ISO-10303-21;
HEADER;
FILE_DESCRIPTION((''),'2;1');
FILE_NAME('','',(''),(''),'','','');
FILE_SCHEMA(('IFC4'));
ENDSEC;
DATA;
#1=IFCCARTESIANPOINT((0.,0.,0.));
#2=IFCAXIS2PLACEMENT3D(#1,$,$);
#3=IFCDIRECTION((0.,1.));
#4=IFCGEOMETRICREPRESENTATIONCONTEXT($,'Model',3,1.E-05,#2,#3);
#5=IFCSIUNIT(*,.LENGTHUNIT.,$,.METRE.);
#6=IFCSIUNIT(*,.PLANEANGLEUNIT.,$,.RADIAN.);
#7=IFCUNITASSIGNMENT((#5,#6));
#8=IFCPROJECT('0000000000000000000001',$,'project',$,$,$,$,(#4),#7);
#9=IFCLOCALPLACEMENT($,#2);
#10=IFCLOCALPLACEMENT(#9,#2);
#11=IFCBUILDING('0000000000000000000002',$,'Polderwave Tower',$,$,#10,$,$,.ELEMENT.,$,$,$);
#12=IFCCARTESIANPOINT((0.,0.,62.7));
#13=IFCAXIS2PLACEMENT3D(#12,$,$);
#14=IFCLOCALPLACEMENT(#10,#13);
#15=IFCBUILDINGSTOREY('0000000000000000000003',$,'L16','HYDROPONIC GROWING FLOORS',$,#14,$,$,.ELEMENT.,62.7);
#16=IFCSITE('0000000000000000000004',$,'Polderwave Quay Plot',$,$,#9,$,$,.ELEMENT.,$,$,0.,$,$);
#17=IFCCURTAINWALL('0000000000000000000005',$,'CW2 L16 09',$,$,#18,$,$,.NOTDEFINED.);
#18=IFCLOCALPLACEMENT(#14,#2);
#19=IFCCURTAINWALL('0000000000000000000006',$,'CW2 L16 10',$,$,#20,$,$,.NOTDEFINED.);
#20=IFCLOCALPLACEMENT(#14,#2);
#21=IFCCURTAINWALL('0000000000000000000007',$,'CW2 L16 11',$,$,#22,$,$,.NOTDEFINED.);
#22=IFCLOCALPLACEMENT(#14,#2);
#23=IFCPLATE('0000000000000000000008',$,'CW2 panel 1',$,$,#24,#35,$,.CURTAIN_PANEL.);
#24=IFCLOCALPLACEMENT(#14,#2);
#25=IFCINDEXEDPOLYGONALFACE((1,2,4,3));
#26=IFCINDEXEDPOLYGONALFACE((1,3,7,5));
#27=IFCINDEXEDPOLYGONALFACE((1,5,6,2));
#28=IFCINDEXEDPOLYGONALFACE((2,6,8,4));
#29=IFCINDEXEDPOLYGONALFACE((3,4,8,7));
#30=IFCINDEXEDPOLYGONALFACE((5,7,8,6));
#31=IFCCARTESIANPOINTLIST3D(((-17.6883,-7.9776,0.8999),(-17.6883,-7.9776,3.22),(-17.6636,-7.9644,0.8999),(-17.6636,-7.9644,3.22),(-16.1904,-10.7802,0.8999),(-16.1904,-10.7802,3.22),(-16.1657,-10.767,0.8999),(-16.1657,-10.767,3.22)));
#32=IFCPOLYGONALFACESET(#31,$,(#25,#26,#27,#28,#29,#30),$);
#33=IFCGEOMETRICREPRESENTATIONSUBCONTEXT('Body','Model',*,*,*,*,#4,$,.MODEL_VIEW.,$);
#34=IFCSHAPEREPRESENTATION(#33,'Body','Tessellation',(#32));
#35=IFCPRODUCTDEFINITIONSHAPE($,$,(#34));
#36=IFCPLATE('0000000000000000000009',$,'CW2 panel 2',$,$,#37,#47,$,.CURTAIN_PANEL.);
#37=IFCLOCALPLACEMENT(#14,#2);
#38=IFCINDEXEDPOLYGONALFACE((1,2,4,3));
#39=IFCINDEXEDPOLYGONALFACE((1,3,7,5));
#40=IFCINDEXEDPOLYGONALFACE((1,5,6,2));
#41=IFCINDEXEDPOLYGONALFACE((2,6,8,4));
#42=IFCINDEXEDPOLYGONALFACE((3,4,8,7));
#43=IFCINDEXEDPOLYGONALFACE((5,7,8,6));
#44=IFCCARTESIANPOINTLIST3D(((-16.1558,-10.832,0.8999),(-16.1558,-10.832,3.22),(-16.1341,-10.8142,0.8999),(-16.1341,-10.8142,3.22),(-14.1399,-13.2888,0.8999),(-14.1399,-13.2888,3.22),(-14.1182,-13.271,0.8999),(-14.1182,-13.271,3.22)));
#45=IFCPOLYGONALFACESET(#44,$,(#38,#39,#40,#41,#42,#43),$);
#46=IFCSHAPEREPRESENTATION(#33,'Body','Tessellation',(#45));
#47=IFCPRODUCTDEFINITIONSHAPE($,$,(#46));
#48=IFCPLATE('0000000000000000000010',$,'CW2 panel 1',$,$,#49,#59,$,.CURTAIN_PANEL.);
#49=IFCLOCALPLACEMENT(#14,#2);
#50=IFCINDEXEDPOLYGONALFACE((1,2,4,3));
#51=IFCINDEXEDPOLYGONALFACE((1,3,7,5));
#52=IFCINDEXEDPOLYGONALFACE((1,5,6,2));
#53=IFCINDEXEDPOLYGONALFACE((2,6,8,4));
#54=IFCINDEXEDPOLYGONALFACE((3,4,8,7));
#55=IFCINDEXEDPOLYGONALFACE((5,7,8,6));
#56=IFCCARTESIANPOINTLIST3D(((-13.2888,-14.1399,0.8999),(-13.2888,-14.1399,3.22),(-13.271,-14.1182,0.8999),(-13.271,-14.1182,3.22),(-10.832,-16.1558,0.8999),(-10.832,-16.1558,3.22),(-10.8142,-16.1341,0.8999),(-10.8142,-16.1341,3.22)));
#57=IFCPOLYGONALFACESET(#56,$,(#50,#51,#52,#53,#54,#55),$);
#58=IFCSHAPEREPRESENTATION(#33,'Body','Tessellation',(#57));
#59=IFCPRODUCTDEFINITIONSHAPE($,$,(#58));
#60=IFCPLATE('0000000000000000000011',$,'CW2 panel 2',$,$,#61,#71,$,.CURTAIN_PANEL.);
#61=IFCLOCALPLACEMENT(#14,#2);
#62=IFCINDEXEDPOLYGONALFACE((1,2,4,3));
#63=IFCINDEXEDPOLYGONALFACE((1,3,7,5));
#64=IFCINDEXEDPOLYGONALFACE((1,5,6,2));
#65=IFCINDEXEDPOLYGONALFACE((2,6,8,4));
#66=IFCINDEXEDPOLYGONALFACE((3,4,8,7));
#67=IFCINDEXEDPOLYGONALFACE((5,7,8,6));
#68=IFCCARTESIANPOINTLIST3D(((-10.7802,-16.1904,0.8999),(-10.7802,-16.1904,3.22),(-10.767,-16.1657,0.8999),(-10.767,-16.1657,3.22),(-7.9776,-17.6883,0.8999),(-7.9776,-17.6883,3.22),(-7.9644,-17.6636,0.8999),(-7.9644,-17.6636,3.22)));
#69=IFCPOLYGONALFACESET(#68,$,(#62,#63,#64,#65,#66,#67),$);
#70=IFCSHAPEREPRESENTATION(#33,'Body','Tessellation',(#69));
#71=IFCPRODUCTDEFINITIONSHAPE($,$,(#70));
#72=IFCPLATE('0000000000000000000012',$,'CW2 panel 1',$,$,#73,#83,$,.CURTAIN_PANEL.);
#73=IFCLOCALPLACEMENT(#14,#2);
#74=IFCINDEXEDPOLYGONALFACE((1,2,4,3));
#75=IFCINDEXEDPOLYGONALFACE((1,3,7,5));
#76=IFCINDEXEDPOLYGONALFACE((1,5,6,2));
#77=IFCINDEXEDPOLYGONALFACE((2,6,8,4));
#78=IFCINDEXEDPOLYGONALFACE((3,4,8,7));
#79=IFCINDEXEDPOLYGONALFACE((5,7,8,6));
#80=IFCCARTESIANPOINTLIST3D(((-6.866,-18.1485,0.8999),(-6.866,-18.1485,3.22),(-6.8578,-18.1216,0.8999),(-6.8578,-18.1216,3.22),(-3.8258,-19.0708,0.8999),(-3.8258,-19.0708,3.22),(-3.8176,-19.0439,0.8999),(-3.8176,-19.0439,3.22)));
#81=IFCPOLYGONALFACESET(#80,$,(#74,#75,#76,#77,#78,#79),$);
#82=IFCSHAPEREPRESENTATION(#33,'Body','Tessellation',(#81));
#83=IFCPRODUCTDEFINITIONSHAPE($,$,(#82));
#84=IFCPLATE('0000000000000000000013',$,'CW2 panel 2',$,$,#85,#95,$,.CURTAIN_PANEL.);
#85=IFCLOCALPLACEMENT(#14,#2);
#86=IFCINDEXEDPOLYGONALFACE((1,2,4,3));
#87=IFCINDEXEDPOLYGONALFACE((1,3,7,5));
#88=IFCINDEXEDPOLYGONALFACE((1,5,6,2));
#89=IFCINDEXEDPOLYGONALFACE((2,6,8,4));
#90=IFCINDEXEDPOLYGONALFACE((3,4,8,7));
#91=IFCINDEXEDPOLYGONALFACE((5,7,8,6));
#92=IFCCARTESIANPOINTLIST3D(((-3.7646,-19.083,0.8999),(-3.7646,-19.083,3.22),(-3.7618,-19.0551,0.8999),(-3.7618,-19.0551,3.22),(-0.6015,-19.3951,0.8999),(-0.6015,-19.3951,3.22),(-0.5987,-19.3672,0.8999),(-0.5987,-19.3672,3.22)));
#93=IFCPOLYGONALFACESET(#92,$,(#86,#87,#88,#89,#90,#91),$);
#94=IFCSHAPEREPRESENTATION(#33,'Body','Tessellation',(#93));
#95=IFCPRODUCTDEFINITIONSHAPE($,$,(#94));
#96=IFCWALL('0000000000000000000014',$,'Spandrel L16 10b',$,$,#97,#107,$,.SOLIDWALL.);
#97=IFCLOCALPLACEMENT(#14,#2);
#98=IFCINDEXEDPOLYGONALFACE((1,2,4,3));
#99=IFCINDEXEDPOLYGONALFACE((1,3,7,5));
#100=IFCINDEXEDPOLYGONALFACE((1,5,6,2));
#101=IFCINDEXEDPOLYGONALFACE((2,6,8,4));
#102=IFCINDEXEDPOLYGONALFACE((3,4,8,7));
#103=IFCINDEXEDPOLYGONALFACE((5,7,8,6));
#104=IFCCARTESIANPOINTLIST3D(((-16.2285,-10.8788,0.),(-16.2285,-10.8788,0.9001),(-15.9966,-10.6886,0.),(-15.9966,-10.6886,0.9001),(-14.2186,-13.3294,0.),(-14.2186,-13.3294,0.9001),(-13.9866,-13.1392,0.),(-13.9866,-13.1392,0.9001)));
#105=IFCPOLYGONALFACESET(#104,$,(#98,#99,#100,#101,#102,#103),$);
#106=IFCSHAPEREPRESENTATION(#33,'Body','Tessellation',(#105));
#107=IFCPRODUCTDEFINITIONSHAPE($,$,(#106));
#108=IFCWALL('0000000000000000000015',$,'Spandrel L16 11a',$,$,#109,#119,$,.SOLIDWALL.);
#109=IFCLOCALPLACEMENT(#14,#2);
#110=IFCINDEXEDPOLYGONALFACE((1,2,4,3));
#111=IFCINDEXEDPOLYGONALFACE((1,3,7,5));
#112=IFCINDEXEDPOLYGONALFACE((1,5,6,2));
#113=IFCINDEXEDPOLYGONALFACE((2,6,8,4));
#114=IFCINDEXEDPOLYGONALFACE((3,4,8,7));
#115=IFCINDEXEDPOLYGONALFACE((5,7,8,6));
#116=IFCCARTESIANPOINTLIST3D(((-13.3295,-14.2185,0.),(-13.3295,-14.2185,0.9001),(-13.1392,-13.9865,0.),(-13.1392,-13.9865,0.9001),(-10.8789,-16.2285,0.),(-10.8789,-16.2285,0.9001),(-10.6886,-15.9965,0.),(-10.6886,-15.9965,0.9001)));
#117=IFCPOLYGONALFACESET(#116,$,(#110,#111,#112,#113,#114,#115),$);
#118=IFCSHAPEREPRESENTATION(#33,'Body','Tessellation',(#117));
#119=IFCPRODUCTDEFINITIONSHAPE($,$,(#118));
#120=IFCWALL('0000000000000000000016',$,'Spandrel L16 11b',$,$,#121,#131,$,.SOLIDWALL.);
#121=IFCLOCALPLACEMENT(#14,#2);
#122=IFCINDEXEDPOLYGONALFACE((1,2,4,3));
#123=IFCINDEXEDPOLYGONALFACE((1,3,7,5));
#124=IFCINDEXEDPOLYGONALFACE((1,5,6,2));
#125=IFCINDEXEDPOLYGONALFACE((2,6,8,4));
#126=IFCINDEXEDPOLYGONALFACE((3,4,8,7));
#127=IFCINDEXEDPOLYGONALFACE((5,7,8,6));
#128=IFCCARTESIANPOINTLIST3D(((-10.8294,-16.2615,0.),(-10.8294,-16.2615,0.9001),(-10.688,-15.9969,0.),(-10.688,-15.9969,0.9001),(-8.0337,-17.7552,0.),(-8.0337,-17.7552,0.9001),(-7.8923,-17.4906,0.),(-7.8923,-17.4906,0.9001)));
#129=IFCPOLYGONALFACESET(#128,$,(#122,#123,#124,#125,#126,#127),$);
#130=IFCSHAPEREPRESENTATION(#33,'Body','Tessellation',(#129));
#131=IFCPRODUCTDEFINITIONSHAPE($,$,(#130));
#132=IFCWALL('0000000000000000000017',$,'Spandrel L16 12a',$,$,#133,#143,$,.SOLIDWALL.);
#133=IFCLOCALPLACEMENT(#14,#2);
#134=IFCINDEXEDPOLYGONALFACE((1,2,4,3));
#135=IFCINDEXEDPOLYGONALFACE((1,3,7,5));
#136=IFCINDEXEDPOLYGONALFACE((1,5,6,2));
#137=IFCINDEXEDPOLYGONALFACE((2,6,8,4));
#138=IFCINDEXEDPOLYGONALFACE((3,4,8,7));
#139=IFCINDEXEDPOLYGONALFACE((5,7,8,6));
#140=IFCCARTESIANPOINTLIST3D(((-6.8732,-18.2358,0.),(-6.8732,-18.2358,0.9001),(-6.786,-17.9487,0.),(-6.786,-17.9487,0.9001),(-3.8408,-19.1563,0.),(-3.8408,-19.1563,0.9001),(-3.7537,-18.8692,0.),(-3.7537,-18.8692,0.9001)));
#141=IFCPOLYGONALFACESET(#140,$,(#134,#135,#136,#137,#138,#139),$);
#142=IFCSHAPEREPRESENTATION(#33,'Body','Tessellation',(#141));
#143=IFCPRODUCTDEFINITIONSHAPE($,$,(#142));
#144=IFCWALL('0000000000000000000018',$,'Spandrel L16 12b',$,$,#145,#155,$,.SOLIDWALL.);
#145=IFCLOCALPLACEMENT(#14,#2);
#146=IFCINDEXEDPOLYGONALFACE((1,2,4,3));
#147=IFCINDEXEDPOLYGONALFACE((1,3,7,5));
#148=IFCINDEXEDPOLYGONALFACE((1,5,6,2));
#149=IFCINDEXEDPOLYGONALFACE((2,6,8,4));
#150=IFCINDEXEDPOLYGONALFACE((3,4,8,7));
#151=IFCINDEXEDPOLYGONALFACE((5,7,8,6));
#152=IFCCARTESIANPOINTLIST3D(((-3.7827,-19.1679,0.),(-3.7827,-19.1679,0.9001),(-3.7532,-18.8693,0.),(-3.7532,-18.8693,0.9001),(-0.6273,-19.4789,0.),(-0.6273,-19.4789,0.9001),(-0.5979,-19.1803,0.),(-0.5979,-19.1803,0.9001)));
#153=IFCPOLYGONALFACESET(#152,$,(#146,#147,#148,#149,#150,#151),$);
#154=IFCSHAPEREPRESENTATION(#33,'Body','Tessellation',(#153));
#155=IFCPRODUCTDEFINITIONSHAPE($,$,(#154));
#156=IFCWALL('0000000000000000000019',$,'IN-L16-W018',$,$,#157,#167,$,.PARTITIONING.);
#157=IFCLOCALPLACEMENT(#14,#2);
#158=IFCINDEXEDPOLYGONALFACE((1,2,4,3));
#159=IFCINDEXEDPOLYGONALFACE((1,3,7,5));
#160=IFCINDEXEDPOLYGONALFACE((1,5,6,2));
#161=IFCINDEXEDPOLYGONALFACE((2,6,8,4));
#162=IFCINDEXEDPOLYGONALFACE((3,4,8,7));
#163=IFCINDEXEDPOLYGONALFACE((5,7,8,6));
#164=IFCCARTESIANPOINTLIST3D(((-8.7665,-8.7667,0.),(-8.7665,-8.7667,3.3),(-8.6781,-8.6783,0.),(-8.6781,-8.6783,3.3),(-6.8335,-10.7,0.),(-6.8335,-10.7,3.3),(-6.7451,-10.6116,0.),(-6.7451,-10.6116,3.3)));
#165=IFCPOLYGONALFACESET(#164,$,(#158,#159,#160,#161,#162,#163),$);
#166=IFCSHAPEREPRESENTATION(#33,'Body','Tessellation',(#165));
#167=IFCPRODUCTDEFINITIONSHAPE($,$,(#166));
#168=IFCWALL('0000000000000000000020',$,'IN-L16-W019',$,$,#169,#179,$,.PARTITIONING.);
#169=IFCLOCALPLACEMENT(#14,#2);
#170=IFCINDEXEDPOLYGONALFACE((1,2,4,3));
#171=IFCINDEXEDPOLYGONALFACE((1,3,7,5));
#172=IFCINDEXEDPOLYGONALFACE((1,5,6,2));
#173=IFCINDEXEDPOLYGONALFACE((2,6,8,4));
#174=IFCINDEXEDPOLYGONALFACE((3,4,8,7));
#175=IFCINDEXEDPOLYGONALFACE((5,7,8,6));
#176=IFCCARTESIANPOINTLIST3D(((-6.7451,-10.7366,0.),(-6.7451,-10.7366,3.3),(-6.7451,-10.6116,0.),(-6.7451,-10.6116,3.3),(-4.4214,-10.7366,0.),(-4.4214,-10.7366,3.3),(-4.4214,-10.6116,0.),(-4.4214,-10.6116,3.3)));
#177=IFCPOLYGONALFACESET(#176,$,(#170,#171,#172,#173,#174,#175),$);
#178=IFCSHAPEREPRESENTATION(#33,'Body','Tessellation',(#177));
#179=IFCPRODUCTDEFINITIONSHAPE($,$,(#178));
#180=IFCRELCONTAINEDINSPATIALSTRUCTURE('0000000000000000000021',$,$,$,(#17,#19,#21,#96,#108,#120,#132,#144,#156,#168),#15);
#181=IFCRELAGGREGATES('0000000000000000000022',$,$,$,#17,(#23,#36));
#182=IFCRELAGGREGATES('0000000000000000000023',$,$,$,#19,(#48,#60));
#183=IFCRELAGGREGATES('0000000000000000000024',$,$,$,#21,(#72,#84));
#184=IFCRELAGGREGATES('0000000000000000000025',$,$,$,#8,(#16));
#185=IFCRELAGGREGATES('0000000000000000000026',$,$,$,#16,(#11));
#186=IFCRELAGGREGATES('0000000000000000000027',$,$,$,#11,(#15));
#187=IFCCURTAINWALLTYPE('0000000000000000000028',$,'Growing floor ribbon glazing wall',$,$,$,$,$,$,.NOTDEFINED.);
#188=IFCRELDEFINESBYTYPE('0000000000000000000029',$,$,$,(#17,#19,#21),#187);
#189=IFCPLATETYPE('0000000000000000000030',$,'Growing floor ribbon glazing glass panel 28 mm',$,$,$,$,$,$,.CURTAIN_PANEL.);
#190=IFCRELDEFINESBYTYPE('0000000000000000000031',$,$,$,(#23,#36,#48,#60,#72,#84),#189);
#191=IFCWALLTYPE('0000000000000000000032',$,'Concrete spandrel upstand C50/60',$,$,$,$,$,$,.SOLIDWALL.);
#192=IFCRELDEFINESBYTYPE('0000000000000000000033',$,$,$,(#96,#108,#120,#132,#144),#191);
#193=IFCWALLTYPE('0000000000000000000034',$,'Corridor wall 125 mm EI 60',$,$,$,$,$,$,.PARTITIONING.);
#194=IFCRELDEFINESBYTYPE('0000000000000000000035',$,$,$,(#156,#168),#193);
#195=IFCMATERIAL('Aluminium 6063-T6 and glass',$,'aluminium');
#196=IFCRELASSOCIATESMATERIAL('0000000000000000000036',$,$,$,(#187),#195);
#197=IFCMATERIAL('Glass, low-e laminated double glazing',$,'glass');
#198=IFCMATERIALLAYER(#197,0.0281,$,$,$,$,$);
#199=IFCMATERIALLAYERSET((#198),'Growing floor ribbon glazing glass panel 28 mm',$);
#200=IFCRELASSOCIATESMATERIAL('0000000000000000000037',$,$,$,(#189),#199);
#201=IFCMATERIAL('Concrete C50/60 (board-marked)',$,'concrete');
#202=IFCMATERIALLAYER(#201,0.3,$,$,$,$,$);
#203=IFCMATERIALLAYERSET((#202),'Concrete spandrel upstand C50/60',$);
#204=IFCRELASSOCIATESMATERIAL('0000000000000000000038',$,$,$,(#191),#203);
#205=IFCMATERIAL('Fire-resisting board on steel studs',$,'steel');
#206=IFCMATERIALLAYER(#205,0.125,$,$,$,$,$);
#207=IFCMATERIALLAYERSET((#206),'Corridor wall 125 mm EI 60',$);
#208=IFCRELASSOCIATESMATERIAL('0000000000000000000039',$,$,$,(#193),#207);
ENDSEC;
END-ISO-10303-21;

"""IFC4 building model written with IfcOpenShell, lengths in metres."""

from ifc_helpers import new_model, si_unit, direction, frame, frame_2d, origin, origin_2d, place, context, subcontext, project, spatial, rectangle, extrude, material, layer, layer_set, type_object, element, aggregate, save


model = new_model("IFC4")

# Units and contexts
model_context = context("Model", 3, precision=1e-05, world=origin(), true_north=direction((0.0, 1.0)))
body_context = subcontext(model_context, "Body", "Model", "MODEL_VIEW")
ifc_project = project(units=[si_unit("LENGTHUNIT", "METRE"), si_unit("PLANEANGLEUNIT", "RADIAN")], contexts=[model_context])

# Site, building, storey
site_placement = place(None, origin())
site = spatial("IfcSite", under=ifc_project, at=site_placement, Name="Polderwave Quay Plot", CompositionType="ELEMENT", RefElevation=0.0)
building_placement = place(site_placement, origin())
building = spatial("IfcBuilding", under=site, at=building_placement, Name="Polderwave Tower", CompositionType="ELEMENT")
storey_placement = place(building_placement, frame((0.0, 0.0, 62.7)))
storey = spatial("IfcBuildingStorey", under=building, at=storey_placement, Name="L16", Description="HYDROPONIC GROWING FLOORS", CompositionType="ELEMENT", Elevation=62.7)

# Curtain walls
ifc_material_1 = material(Name="Aluminium 6063-T6 and glass", Category="aluminium")
curtain_wall_type = type_object("IfcCurtainWallType", Name="Growing floor ribbon glazing wall", PredefinedType="NOTDEFINED", material=ifc_material_1)
curtain_wall_1_placement = place(storey_placement, origin())
curtain_wall_1 = element("IfcCurtainWall", 1, at=curtain_wall_1_placement, inside=storey, type_object=curtain_wall_type, Name="CW2 L16 09", PredefinedType="NOTDEFINED")
curtain_wall_2_placement = place(storey_placement, origin())
curtain_wall_2 = element("IfcCurtainWall", 2, at=curtain_wall_2_placement, inside=storey, type_object=curtain_wall_type, Name="CW2 L16 10", PredefinedType="NOTDEFINED")
curtain_wall_3_placement = place(storey_placement, origin())
curtain_wall_3 = element("IfcCurtainWall", 3, at=curtain_wall_3_placement, inside=storey, type_object=curtain_wall_type, Name="CW2 L16 11", PredefinedType="NOTDEFINED")

# Plates
ifc_material_2 = material(Name="Glass, low-e laminated double glazing", Category="glass")
ifc_layer_1 = layer(ifc_material_2, 0.0281)
ifc_layer_set_1 = layer_set([ifc_layer_1], Name="Growing floor ribbon glazing glass panel 28 mm")
plate_type = type_object("IfcPlateType", Name="Growing floor ribbon glazing glass panel 28 mm", PredefinedType="CURTAIN_PANEL", material=ifc_layer_set_1)
plate_1_placement = place(storey_placement, frame((-16.927, -9.3723, 0.8999), z_axis=(0.0, 0.0, 1.0), x_axis=(0.471364, -0.881939, 0.0)))
plate_1 = element("IfcPlate", 4, at=plate_1_placement, type_object=plate_type, Name="CW2 panel 1", PredefinedType="CURTAIN_PANEL", context=body_context, shape_type="SweptSolid", body=[
    extrude(rectangle(XDim=3.1777, YDim=0.0281, at=origin_2d()), origin(), (0.0, 0.0, 1.0), 2.3201),
])
plate_2_placement = place(storey_placement, frame((-15.137, -12.0515, 0.8999), z_axis=(0.0, 0.0, 1.0), x_axis=(0.634341, -0.773054, 0.0)))
plate_2 = element("IfcPlate", 5, at=plate_2_placement, type_object=plate_type, Name="CW2 panel 2", PredefinedType="CURTAIN_PANEL", context=body_context, shape_type="SweptSolid", body=[
    extrude(rectangle(XDim=3.178, YDim=0.0281, at=origin_2d()), origin(), (0.0, 0.0, 1.0), 2.3201),
])
aggregate(curtain_wall_1, [plate_1, plate_2])
plate_3_placement = place(storey_placement, frame((-12.0515, -15.137, 0.8999), z_axis=(0.0, 0.0, 1.0), x_axis=(0.773054, -0.634341, 0.0)))
plate_3 = element("IfcPlate", 6, at=plate_3_placement, type_object=plate_type, Name="CW2 panel 1", PredefinedType="CURTAIN_PANEL", context=body_context, shape_type="SweptSolid", body=[
    extrude(rectangle(XDim=3.178, YDim=0.0281, at=origin_2d()), origin(), (0.0, 0.0, 1.0), 2.3201),
])
plate_4_placement = place(storey_placement, frame((-9.3723, -16.927, 0.8999), z_axis=(0.0, 0.0, 1.0), x_axis=(0.881939, -0.471364, 0.0)))
plate_4 = element("IfcPlate", 7, at=plate_4_placement, type_object=plate_type, Name="CW2 panel 2", PredefinedType="CURTAIN_PANEL", context=body_context, shape_type="SweptSolid", body=[
    extrude(rectangle(XDim=3.1777, YDim=0.0281, at=origin_2d()), origin(), (0.0, 0.0, 1.0), 2.3201),
])
aggregate(curtain_wall_2, [plate_3, plate_4])
plate_5_placement = place(storey_placement, frame((-5.3418, -18.5962, 0.8999), z_axis=(0.0, 0.0, 1.0), x_axis=(0.956938, -0.290293, 0.0)))
plate_5 = element("IfcPlate", 8, at=plate_5_placement, type_object=plate_type, Name="CW2 panel 1", PredefinedType="CURTAIN_PANEL", context=body_context, shape_type="SweptSolid", body=[
    extrude(rectangle(XDim=3.177, YDim=0.0281, at=origin_2d()), origin(), (0.0, 0.0, 1.0), 2.3201),
])
plate_6_placement = place(storey_placement, frame((-2.1816, -19.2251, 0.8999), z_axis=(0.0, 0.0, 1.0), x_axis=(0.995169, -0.098177, 0.0)))
plate_6 = element("IfcPlate", 9, at=plate_6_placement, type_object=plate_type, Name="CW2 panel 2", PredefinedType="CURTAIN_PANEL", context=body_context, shape_type="SweptSolid", body=[
    extrude(rectangle(XDim=3.1785, YDim=0.0281, at=origin_2d()), origin(), (0.0, 0.0, 1.0), 2.3201),
])
aggregate(curtain_wall_3, [plate_5, plate_6])

# Walls
ifc_material_3 = material(Name="Concrete C50/60 (board-marked)", Category="concrete")
ifc_layer_2 = layer(ifc_material_3, 0.3)
ifc_layer_set_2 = layer_set([ifc_layer_2], Name="Concrete spandrel upstand C50/60")
wall_type_1 = type_object("IfcWallType", Name="Concrete spandrel upstand C50/60", PredefinedType="SOLIDWALL", material=ifc_layer_set_2)
for number, where, z_axis, x_axis, name in (
    (10, (-16.1125, -10.7837, 0.0), (0.0, 0.0, 1.0), (0.634164, -0.773198, 0.0), "Spandrel L16 10b"),
    (11, (-13.2344, -14.1025, 0.0), (0.0, 0.0, 1.0), (0.773198, -0.634164, 0.0), "Spandrel L16 11a"),
):
    element("IfcWall", number, at=place(storey_placement, frame(where, z_axis=z_axis, x_axis=x_axis)), inside=storey, type_object=wall_type_1, Name=name, PredefinedType="SOLIDWALL", context=body_context, shape_type="SweptSolid", body=[
        extrude(rectangle(XDim=3.1694, YDim=0.3, at=frame_2d((1.5847, 0.0))), origin(), (0.0, 0.0, 1.0), 0.9001),
    ])
wall_1_placement = place(storey_placement, frame((-10.7588, -16.1292, 0.0), z_axis=(0.0, 0.0, 1.0), x_axis=(0.882007, -0.471236, 0.0)))
element("IfcWall", 12, at=wall_1_placement, inside=storey, type_object=wall_type_1, Name="Spandrel L16 11b", PredefinedType="SOLIDWALL", context=body_context, shape_type="SweptSolid", body=[
    extrude(rectangle(XDim=3.1697, YDim=0.3, at=frame_2d((1.585, 0.0))), origin(), (0.0, 0.0, 1.0), 0.9001),
])
wall_2_placement = place(storey_placement, frame((-6.8296, -18.0923, 0.0), z_axis=(0.0, 0.0, 1.0), x_axis=(0.956888, -0.290456, 0.0)))
element("IfcWall", 13, at=wall_2_placement, inside=storey, type_object=wall_type_1, Name="Spandrel L16 12a", PredefinedType="SOLIDWALL", context=body_context, shape_type="SweptSolid", body=[
    extrude(rectangle(XDim=3.1689, YDim=0.3, at=frame_2d((1.5845, 0.0))), origin(), (0.0, 0.0, 1.0), 0.9001),
])
wall_3_placement = place(storey_placement, frame((-3.7681, -19.0186, 0.0), z_axis=(0.0, 0.0, 1.0), x_axis=(0.995176, -0.098101, 0.0)))
element("IfcWall", 14, at=wall_3_placement, inside=storey, type_object=wall_type_1, Name="Spandrel L16 12b", PredefinedType="SOLIDWALL", context=body_context, shape_type="SweptSolid", body=[
    extrude(rectangle(XDim=3.1707, YDim=0.3, at=frame_2d((1.5854, 0.0))), origin(), (0.0, 0.0, 1.0), 0.9001),
])
ifc_material_4 = material(Name="Fire-resisting board on steel studs", Category="steel")
ifc_layer_3 = layer(ifc_material_4, 0.125)
ifc_layer_set_3 = layer_set([ifc_layer_3], Name="Corridor wall 125 mm EI 60")
wall_type_2 = type_object("IfcWallType", Name="Corridor wall 125 mm EI 60", PredefinedType="PARTITIONING", material=ifc_layer_set_3)
wall_4_placement = place(storey_placement, frame((-6.7893, -10.6558, 0.0), z_axis=(0.0, 0.0, 1.0), x_axis=(-0.707062, 0.707151, 0.0)))
element("IfcWall", 15, at=wall_4_placement, inside=storey, type_object=wall_type_2, Name="IN-L16-W018", PredefinedType="PARTITIONING", context=body_context, shape_type="SweptSolid", body=[
    extrude(rectangle(XDim=2.7339, YDim=0.125, at=frame_2d((1.3669, 0.0))), origin(), (0.0, 0.0, 1.0), 3.3),
])
wall_5_placement = place(storey_placement, frame((-4.4214, -10.6741, 0.0), z_axis=(0.0, 0.0, 1.0), x_axis=(-1.0, 0.0, 0.0)))
element("IfcWall", 16, at=wall_5_placement, inside=storey, type_object=wall_type_2, Name="IN-L16-W019", PredefinedType="PARTITIONING", context=body_context, shape_type="SweptSolid", body=[
    extrude(rectangle(XDim=2.3237, YDim=0.125, at=frame_2d((1.1619, 0.0))), origin(), (0.0, 0.0, 1.0), 3.3),
])

save(model, "model.ifc")
